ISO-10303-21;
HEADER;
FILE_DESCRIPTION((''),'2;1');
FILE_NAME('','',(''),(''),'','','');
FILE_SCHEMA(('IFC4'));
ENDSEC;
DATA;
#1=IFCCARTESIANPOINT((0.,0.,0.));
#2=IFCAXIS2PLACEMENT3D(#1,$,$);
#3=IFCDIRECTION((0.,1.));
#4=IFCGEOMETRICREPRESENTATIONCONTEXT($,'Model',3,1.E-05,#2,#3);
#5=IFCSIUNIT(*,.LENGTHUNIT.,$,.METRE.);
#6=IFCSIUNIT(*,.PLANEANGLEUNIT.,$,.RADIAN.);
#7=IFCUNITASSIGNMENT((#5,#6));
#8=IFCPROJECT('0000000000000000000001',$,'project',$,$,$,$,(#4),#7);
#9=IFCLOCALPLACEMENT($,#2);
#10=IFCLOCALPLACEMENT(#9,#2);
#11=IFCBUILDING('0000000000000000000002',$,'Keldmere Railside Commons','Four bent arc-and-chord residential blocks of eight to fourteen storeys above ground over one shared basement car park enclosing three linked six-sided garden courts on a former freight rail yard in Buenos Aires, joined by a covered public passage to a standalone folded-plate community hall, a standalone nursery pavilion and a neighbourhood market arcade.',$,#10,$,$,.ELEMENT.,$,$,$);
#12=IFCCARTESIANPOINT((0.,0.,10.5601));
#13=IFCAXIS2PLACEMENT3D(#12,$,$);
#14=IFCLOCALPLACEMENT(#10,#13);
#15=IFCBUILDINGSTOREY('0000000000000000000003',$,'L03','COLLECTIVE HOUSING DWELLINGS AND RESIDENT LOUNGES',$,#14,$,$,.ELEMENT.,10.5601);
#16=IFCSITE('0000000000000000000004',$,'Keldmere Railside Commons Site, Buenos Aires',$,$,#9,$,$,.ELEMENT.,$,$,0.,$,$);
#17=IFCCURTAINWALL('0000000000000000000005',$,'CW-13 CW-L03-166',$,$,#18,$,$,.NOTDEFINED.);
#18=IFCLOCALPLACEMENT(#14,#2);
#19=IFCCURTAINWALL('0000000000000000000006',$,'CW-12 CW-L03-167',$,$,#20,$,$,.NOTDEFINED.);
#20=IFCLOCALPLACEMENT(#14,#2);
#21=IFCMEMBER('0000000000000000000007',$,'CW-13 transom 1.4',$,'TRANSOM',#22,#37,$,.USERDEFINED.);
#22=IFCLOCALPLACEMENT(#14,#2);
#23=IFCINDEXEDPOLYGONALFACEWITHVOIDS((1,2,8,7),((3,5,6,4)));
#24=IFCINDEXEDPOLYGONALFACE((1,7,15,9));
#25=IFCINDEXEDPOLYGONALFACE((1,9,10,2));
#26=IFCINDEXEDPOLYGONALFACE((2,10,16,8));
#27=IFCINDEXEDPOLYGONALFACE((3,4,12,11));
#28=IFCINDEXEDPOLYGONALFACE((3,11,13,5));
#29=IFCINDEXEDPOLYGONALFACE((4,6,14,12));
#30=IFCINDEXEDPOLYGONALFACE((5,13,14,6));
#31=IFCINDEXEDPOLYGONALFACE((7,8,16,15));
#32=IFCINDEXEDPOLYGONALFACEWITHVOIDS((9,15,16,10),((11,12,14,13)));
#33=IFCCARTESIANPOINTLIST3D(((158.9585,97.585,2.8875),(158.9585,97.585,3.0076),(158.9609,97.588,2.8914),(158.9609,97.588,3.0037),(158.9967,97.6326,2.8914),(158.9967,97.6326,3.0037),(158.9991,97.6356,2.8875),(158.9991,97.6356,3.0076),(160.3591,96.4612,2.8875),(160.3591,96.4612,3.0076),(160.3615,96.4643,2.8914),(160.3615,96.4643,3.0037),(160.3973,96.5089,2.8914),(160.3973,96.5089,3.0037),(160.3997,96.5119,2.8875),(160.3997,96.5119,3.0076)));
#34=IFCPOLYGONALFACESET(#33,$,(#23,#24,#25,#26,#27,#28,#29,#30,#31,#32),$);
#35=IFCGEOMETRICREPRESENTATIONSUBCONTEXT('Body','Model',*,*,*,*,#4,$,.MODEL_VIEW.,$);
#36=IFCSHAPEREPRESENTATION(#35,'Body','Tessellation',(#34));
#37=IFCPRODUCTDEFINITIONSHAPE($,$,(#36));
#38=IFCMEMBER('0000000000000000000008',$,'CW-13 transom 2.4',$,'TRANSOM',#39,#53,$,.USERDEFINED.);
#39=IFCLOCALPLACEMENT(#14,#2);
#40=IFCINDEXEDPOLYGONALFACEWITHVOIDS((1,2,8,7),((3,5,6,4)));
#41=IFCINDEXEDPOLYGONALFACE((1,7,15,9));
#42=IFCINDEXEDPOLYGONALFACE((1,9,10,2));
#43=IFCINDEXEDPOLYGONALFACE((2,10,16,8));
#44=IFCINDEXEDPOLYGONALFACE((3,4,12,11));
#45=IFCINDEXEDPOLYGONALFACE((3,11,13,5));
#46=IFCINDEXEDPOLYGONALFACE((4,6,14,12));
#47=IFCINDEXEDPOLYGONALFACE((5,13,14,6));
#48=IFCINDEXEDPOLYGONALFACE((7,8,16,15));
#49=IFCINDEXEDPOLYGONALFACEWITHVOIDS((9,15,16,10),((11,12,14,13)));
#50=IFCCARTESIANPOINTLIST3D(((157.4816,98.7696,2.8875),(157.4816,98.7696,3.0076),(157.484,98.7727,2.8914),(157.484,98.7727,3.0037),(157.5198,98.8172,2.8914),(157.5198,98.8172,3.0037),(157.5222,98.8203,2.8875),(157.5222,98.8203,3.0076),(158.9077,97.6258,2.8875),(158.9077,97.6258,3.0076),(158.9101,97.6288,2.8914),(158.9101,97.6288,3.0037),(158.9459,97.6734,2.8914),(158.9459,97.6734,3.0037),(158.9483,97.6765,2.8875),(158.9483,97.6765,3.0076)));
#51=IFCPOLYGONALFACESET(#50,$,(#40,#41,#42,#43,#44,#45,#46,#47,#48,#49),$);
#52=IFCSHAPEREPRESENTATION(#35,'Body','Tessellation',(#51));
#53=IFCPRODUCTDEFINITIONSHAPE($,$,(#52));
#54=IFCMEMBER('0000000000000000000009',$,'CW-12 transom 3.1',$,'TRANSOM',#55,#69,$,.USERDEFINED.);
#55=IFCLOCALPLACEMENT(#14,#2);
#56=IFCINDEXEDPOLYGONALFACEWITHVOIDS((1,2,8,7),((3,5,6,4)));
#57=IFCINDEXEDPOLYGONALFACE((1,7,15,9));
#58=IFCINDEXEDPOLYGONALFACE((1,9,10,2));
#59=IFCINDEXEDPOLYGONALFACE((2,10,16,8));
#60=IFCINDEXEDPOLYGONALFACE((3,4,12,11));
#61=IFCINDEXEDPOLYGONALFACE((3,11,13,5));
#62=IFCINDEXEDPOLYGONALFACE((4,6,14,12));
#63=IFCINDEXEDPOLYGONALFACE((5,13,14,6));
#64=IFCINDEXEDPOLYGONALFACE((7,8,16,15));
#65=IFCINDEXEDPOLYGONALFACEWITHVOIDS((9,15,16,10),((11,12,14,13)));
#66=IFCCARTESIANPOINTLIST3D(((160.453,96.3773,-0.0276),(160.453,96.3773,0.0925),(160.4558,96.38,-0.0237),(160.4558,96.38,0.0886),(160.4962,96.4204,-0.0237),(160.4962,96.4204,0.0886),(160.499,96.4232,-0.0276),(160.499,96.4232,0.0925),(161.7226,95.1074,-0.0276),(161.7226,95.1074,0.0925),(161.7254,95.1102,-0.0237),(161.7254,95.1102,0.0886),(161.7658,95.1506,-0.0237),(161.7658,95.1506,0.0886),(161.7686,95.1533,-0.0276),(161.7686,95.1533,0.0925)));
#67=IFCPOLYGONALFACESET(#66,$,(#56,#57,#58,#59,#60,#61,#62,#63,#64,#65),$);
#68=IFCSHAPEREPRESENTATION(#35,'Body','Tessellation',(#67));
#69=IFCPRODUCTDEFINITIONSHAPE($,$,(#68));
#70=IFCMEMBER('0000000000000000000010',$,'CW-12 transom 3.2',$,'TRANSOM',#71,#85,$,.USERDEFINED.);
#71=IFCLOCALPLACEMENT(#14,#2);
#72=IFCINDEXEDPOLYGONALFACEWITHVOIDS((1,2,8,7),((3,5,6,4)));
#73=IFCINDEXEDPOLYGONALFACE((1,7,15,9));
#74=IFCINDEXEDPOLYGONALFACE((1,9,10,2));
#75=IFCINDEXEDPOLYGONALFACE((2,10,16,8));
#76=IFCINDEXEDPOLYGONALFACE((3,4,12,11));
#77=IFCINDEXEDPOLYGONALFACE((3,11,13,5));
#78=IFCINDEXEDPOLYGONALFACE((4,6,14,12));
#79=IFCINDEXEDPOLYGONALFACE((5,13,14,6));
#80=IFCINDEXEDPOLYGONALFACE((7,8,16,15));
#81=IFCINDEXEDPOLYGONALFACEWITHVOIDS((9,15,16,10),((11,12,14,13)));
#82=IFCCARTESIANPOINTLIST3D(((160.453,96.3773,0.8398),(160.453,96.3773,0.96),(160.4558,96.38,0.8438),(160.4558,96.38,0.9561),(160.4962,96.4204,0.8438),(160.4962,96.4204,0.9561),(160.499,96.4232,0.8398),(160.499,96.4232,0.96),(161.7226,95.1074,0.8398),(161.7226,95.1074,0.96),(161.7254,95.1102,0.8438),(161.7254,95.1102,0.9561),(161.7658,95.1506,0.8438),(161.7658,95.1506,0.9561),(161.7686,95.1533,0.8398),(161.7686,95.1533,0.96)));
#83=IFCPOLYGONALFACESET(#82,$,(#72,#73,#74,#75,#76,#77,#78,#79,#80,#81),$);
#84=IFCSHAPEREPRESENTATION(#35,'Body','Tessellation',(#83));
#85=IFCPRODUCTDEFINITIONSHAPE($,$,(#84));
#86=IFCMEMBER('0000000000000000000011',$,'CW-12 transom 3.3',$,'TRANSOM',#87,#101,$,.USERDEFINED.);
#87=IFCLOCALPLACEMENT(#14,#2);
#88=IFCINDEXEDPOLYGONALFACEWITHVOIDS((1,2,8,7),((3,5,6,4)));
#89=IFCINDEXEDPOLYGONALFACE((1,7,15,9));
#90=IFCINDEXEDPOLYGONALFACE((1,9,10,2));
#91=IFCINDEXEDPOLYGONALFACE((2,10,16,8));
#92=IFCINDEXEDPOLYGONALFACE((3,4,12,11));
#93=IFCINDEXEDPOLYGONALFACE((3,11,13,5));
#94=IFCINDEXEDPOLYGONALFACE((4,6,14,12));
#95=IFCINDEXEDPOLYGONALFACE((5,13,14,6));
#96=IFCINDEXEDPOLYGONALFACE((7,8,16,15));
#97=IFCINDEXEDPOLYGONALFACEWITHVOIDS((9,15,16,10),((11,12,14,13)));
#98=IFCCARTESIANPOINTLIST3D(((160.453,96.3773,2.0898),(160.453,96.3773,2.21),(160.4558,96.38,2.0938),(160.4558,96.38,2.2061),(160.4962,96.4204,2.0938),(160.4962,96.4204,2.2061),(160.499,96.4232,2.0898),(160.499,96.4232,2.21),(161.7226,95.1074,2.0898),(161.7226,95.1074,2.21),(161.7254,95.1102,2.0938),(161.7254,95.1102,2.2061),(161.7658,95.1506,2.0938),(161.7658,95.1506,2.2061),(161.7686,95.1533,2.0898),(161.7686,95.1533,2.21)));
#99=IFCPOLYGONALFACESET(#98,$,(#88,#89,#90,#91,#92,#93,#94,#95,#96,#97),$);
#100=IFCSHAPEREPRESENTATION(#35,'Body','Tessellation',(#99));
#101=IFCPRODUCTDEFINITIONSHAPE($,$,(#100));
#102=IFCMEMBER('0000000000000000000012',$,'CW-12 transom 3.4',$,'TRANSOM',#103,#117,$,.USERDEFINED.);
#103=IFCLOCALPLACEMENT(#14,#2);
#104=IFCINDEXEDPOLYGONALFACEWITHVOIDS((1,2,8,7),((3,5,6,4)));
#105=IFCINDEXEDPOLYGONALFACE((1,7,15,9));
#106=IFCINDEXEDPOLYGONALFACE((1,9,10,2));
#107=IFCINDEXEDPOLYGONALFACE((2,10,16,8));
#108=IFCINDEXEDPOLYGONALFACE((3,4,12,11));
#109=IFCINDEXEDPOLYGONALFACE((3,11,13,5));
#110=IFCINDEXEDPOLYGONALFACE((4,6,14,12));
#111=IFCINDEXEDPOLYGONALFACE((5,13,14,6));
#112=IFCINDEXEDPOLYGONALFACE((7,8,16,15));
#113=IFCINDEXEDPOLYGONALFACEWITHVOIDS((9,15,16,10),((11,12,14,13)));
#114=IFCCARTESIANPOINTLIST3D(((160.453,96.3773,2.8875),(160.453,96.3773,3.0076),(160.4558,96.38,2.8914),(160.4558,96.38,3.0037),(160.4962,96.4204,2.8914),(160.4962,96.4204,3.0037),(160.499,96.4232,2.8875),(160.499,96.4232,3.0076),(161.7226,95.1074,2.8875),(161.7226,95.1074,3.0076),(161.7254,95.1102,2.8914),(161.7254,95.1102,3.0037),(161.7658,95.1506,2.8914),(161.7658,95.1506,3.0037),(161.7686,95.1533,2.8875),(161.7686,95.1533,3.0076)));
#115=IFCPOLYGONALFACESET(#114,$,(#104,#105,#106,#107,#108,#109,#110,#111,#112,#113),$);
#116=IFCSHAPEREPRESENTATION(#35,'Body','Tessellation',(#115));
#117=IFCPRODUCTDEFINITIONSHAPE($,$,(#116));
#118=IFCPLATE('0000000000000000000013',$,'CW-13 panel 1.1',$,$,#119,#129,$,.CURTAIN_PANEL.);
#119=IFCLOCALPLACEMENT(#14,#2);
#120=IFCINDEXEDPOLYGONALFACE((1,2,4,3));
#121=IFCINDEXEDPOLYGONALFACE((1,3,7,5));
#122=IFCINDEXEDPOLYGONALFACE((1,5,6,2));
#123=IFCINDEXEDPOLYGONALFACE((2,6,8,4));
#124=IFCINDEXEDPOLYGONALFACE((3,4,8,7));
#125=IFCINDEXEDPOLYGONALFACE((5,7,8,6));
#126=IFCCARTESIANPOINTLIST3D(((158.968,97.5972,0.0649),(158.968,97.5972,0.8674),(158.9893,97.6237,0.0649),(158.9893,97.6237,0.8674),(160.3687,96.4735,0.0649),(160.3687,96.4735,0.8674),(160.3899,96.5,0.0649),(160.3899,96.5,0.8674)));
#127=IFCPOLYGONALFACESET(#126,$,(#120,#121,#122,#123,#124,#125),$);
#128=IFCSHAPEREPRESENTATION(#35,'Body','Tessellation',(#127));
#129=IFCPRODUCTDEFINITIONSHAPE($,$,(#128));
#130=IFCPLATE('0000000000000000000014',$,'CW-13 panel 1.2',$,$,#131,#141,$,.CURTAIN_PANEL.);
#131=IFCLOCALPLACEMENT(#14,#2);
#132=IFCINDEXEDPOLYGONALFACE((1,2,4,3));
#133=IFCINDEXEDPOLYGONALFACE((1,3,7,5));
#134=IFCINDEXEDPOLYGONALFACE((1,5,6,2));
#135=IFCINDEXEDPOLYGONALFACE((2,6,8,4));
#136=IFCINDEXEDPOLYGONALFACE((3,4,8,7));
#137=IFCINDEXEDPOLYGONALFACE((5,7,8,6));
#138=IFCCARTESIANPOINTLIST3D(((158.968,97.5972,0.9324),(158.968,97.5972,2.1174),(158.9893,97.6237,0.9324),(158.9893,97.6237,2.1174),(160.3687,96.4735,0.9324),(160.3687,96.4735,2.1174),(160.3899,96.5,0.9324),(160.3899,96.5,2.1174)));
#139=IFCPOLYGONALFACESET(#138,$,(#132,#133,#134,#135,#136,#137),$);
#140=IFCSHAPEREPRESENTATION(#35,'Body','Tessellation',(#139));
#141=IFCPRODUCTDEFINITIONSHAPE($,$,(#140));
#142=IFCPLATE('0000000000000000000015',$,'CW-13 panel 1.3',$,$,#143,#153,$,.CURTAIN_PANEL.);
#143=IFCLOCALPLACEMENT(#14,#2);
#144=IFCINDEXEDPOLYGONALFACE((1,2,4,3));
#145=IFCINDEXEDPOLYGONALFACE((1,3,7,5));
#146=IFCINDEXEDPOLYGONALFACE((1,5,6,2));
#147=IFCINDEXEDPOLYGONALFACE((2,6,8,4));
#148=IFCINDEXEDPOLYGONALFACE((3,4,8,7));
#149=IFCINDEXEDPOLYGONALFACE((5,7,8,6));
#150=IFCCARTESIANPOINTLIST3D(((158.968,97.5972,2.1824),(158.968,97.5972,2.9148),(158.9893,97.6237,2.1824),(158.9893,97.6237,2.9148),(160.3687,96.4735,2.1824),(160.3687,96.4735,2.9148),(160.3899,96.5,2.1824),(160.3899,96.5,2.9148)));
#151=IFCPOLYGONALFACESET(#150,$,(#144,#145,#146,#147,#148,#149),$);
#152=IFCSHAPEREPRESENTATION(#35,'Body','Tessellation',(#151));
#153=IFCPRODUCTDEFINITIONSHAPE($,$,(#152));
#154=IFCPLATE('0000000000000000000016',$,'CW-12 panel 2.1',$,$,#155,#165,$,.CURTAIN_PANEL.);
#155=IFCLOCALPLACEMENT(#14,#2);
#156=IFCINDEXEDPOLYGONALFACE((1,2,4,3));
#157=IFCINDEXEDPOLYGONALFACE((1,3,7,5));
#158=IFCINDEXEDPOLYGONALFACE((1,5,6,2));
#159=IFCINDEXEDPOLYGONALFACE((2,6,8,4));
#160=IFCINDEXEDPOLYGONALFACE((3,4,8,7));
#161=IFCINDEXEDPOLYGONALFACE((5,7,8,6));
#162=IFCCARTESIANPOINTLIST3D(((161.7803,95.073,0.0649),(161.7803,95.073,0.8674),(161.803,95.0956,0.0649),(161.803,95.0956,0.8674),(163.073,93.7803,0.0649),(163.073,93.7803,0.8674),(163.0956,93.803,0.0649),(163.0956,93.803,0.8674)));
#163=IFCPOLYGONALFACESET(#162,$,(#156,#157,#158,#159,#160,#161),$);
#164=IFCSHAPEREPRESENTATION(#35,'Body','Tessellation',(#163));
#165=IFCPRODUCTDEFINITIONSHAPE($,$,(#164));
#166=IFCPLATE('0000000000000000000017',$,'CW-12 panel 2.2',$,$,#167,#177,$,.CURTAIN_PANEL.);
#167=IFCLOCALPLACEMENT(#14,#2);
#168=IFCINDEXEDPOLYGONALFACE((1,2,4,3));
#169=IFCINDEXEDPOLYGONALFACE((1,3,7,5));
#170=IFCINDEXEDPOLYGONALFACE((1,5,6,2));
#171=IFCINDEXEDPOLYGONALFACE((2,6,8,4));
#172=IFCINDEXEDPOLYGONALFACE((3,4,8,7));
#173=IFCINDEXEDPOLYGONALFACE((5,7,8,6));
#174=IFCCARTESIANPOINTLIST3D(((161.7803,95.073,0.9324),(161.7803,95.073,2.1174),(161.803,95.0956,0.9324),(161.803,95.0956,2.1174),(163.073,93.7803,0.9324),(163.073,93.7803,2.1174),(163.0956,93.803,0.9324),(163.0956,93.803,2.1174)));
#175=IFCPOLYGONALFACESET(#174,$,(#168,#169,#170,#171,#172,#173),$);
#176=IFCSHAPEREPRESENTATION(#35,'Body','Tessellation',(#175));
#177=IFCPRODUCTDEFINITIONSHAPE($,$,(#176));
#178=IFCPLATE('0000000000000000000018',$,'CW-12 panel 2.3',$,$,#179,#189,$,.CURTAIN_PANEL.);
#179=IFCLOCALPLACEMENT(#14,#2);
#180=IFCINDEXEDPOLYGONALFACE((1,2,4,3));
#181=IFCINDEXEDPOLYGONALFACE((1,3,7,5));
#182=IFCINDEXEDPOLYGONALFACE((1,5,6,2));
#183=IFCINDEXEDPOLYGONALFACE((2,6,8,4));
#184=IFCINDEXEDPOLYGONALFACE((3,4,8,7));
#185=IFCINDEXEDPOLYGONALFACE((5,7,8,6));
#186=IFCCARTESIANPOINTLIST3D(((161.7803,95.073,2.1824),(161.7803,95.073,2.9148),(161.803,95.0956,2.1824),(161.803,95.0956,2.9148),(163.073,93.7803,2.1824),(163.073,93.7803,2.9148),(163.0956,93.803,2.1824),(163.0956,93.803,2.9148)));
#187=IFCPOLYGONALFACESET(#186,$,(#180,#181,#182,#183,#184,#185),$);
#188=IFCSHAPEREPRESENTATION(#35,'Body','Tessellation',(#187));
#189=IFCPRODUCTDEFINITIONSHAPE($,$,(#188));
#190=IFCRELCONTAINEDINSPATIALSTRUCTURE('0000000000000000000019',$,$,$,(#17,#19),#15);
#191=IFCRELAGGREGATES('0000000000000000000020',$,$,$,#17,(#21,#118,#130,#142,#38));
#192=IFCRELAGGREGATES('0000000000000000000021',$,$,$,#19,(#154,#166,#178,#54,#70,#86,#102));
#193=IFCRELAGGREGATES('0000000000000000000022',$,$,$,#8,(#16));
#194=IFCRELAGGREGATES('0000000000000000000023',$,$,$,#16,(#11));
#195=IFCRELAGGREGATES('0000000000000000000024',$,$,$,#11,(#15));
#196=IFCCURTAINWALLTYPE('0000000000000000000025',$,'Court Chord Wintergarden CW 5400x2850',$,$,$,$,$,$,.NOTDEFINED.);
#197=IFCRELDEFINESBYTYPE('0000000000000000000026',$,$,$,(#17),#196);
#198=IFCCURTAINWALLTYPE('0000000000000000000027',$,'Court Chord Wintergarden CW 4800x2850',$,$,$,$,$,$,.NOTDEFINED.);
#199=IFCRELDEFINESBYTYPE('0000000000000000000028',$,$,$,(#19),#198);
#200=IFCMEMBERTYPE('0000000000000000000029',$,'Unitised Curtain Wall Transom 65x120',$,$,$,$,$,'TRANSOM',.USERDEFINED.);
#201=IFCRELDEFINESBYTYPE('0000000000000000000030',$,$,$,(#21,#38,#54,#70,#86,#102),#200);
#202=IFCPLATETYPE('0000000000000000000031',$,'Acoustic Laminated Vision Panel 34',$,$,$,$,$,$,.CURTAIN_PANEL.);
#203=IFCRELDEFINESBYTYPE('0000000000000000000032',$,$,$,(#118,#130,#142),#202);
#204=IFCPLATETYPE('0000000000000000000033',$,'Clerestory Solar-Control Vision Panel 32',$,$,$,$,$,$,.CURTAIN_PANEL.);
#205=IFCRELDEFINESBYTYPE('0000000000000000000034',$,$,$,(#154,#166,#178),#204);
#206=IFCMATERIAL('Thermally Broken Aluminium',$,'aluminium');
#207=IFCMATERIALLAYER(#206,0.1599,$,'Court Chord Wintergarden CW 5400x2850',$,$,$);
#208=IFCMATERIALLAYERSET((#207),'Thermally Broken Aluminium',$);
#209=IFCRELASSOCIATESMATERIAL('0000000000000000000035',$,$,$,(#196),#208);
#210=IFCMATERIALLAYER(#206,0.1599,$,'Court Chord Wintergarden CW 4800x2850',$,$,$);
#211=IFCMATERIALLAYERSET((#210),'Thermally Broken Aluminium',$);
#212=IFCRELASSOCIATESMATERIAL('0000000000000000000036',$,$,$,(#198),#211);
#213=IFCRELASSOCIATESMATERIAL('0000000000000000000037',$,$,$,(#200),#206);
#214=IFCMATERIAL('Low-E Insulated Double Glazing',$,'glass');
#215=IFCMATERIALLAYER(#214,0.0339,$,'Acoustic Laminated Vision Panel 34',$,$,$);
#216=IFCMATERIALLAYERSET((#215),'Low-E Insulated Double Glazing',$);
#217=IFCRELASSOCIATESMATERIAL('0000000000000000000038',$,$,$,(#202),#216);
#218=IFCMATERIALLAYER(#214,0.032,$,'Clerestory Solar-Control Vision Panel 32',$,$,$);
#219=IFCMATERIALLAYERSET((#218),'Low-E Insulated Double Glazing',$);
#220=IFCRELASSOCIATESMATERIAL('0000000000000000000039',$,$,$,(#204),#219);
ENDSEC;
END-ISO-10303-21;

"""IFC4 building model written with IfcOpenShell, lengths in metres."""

from ifc_helpers import new_model, si_unit, direction, frame, origin, origin_2d, place, context, subcontext, project, spatial, rectangle, hollow_rectangle, extrude, material, layer, layer_set, material_profile, profile_set, type_object, element, aggregate, save


model = new_model("IFC4")

# Units and contexts
model_context = context("Model", 3, precision=1e-05, world=origin(), true_north=direction((0.0, 1.0)))
body_context = subcontext(model_context, "Body", "Model", "MODEL_VIEW")
ifc_project = project(units=[si_unit("LENGTHUNIT", "METRE"), si_unit("PLANEANGLEUNIT", "RADIAN")], contexts=[model_context])

# Site, building, storey
site_placement = place(None, origin())
site = spatial("IfcSite", under=ifc_project, at=site_placement, Name="Keldmere Railside Commons Site, Buenos Aires", CompositionType="ELEMENT", RefElevation=0.0)
building_placement = place(site_placement, origin())
building = spatial("IfcBuilding", under=site, at=building_placement, Name="Keldmere Railside Commons", Description="Four bent arc-and-chord residential blocks of eight to fourteen storeys above ground over one shared basement car park enclosing three linked six-sided garden courts on a former freight rail yard in Buenos Aires, joined by a covered public passage to a standalone folded-plate community hall, a standalone nursery pavilion and a neighbourhood market arcade.", CompositionType="ELEMENT")
storey_placement = place(building_placement, frame((0.0, 0.0, 10.5601)))
storey = spatial("IfcBuildingStorey", under=building, at=storey_placement, Name="L03", Description="COLLECTIVE HOUSING DWELLINGS AND RESIDENT LOUNGES", CompositionType="ELEMENT", Elevation=10.5601)

# Curtain walls
ifc_material_1 = material(Name="Thermally Broken Aluminium", Category="aluminium")
ifc_layer_1 = layer(ifc_material_1, 0.1599, Name="Court Chord Wintergarden CW 5400x2850")
ifc_layer_set_1 = layer_set([ifc_layer_1], Name="Thermally Broken Aluminium")
curtain_wall_type_1 = type_object("IfcCurtainWallType", Name="Court Chord Wintergarden CW 5400x2850", PredefinedType="NOTDEFINED", material=ifc_layer_set_1)
curtain_wall_1_placement = place(storey_placement, origin())
curtain_wall_1 = element("IfcCurtainWall", 1, at=curtain_wall_1_placement, inside=storey, type_object=curtain_wall_type_1, Name="CW-13 CW-L03-166", PredefinedType="NOTDEFINED")
ifc_layer_2 = layer(ifc_material_1, 0.1599, Name="Court Chord Wintergarden CW 4800x2850")
ifc_layer_set_2 = layer_set([ifc_layer_2], Name="Thermally Broken Aluminium")
curtain_wall_type_2 = type_object("IfcCurtainWallType", Name="Court Chord Wintergarden CW 4800x2850", PredefinedType="NOTDEFINED", material=ifc_layer_set_2)
curtain_wall_2_placement = place(storey_placement, origin())
curtain_wall_2 = element("IfcCurtainWall", 2, at=curtain_wall_2_placement, inside=storey, type_object=curtain_wall_type_2, Name="CW-12 CW-L03-167", PredefinedType="NOTDEFINED")

# Members
ifc_material_profile_1 = material_profile(ifc_material_1, hollow_rectangle(XDim=0.0649, YDim=0.1201, WallThickness=0.0039, at=origin_2d()), Name="ALU-TRAN-65x120")
ifc_profile_set_1 = profile_set([ifc_material_profile_1], Name="Thermally Broken Aluminium")
member_type_1 = type_object("IfcMemberType", Name="Unitised Curtain Wall Transom 65x120", ElementType="TRANSOM", PredefinedType="USERDEFINED", material=ifc_profile_set_1)
member_1_placement = place(storey_placement, frame((160.3794, 96.4866, 2.9475), z_axis=(-0.779979, 0.625805, 0.0), x_axis=(-0.625805, -0.779979, 0.0)))
member_1 = element("IfcMember", 3, at=member_1_placement, type_object=member_type_1, Name="CW-13 transom 1.4", ObjectType="TRANSOM", PredefinedType="USERDEFINED", context=body_context, shape_type="SweptSolid", body=[
    extrude(hollow_rectangle(XDim=0.0649, YDim=0.1201, WallThickness=0.0039, at=origin_2d()), origin(), (0.0, 0.0, 1.0), 1.7957),
])
member_2_placement = place(storey_placement, frame((158.928, 97.6511, 2.9475), z_axis=(-0.780073, 0.625688, 0.0), x_axis=(-0.625688, -0.780073, 0.0)))
member_2 = element("IfcMember", 4, at=member_2_placement, type_object=member_type_1, Name="CW-13 transom 2.4", ObjectType="TRANSOM", PredefinedType="USERDEFINED", context=body_context, shape_type="SweptSolid", body=[
    extrude(hollow_rectangle(XDim=0.0649, YDim=0.1201, WallThickness=0.0039, at=origin_2d()), origin(), (0.0, 0.0, 1.0), 1.8281),
])
member_3_placement = place(storey_placement, frame((161.7456, 95.1304, 0.0325), z_axis=(-0.707039, 0.707175, 0.0), x_axis=(-0.707175, -0.707039, 0.0)))
member_3 = element("IfcMember", 5, at=member_3_placement, type_object=member_type_1, Name="CW-12 transom 3.1", ObjectType="TRANSOM", PredefinedType="USERDEFINED", context=body_context, shape_type="SweptSolid", body=[
    extrude(hollow_rectangle(XDim=0.0649, YDim=0.1201, WallThickness=0.0039, at=origin_2d()), origin(), (0.0, 0.0, 1.0), 1.7957),
])
member_4_placement = place(storey_placement, frame((161.7456, 95.1304, 0.8999), z_axis=(-0.707039, 0.707175, 0.0), x_axis=(-0.707175, -0.707039, 0.0)))
member_4 = element("IfcMember", 6, at=member_4_placement, type_object=member_type_1, Name="CW-12 transom 3.2", ObjectType="TRANSOM", PredefinedType="USERDEFINED", context=body_context, shape_type="SweptSolid", body=[
    extrude(hollow_rectangle(XDim=0.0649, YDim=0.1201, WallThickness=0.0039, at=origin_2d()), origin(), (0.0, 0.0, 1.0), 1.7957),
])
member_5_placement = place(storey_placement, frame((161.7456, 95.1304, 2.1499), z_axis=(-0.707039, 0.707175, 0.0), x_axis=(-0.707175, -0.707039, 0.0)))
member_5 = element("IfcMember", 7, at=member_5_placement, type_object=member_type_1, Name="CW-12 transom 3.3", ObjectType="TRANSOM", PredefinedType="USERDEFINED", context=body_context, shape_type="SweptSolid", body=[
    extrude(hollow_rectangle(XDim=0.0649, YDim=0.1201, WallThickness=0.0039, at=origin_2d()), origin(), (0.0, 0.0, 1.0), 1.7957),
])
member_6_placement = place(storey_placement, frame((161.7456, 95.1304, 2.9475), z_axis=(-0.707039, 0.707175, 0.0), x_axis=(-0.707175, -0.707039, 0.0)))
member_6 = element("IfcMember", 8, at=member_6_placement, type_object=member_type_1, Name="CW-12 transom 3.4", ObjectType="TRANSOM", PredefinedType="USERDEFINED", context=body_context, shape_type="SweptSolid", body=[
    extrude(hollow_rectangle(XDim=0.0649, YDim=0.1201, WallThickness=0.0039, at=origin_2d()), origin(), (0.0, 0.0, 1.0), 1.7957),
])

# Plates
ifc_material_2 = material(Name="Low-E Insulated Double Glazing", Category="glass")
ifc_layer_3 = layer(ifc_material_2, 0.0339, Name="Acoustic Laminated Vision Panel 34")
ifc_layer_set_3 = layer_set([ifc_layer_3], Name="Low-E Insulated Double Glazing")
plate_type_1 = type_object("IfcPlateType", Name="Acoustic Laminated Vision Panel 34", PredefinedType="CURTAIN_PANEL", material=ifc_layer_set_3)
plate_1_placement = place(storey_placement, frame((159.679, 97.0486, 0.0649), z_axis=(0.0, 0.0, 1.0), x_axis=(-0.780009, 0.625768, 0.0)))
plate_1 = element("IfcPlate", 9, at=plate_1_placement, type_object=plate_type_1, Name="CW-13 panel 1.1", PredefinedType="CURTAIN_PANEL", context=body_context, shape_type="SweptSolid", body=[
    extrude(rectangle(XDim=1.7957, YDim=0.0339, at=origin_2d()), origin(), (0.0, 0.0, 1.0), 0.8025),
])
plate_2_placement = place(storey_placement, frame((159.679, 97.0486, 0.9324), z_axis=(0.0, 0.0, 1.0), x_axis=(-0.780009, 0.625768, 0.0)))
plate_2 = element("IfcPlate", 10, at=plate_2_placement, type_object=plate_type_1, Name="CW-13 panel 1.2", PredefinedType="CURTAIN_PANEL", context=body_context, shape_type="SweptSolid", body=[
    extrude(rectangle(XDim=1.7957, YDim=0.0339, at=origin_2d()), origin(), (0.0, 0.0, 1.0), 1.1851),
])
plate_3_placement = place(storey_placement, frame((159.679, 97.0486, 2.1824), z_axis=(0.0, 0.0, 1.0), x_axis=(-0.780009, 0.625768, 0.0)))
plate_3 = element("IfcPlate", 11, at=plate_3_placement, type_object=plate_type_1, Name="CW-13 panel 1.3", PredefinedType="CURTAIN_PANEL", context=body_context, shape_type="SweptSolid", body=[
    extrude(rectangle(XDim=1.7957, YDim=0.0339, at=origin_2d()), origin(), (0.0, 0.0, 1.0), 0.7324),
])
aggregate(curtain_wall_1, [member_1, plate_1, plate_2, plate_3, member_2])
ifc_layer_4 = layer(ifc_material_2, 0.032, Name="Clerestory Solar-Control Vision Panel 32")
ifc_layer_set_4 = layer_set([ifc_layer_4], Name="Low-E Insulated Double Glazing")
plate_type_2 = type_object("IfcPlateType", Name="Clerestory Solar-Control Vision Panel 32", PredefinedType="CURTAIN_PANEL", material=ifc_layer_set_4)
plate_4_placement = place(storey_placement, frame((162.438, 94.438, 0.0649), z_axis=(0.0, 0.0, 1.0), x_axis=(-0.707107, 0.707107, 0.0)))
plate_4 = element("IfcPlate", 12, at=plate_4_placement, type_object=plate_type_2, Name="CW-12 panel 2.1", PredefinedType="CURTAIN_PANEL", context=body_context, shape_type="SweptSolid", body=[
    extrude(rectangle(XDim=1.8281, YDim=0.032, at=origin_2d()), origin(), (0.0, 0.0, 1.0), 0.8025),
])
plate_5_placement = place(storey_placement, frame((162.438, 94.438, 0.9324), z_axis=(0.0, 0.0, 1.0), x_axis=(-0.707107, 0.707107, 0.0)))
plate_5 = element("IfcPlate", 13, at=plate_5_placement, type_object=plate_type_2, Name="CW-12 panel 2.2", PredefinedType="CURTAIN_PANEL", context=body_context, shape_type="SweptSolid", body=[
    extrude(rectangle(XDim=1.8281, YDim=0.032, at=origin_2d()), origin(), (0.0, 0.0, 1.0), 1.1851),
])
plate_6_placement = place(storey_placement, frame((162.438, 94.438, 2.1824), z_axis=(0.0, 0.0, 1.0), x_axis=(-0.707107, 0.707107, 0.0)))
plate_6 = element("IfcPlate", 14, at=plate_6_placement, type_object=plate_type_2, Name="CW-12 panel 2.3", PredefinedType="CURTAIN_PANEL", context=body_context, shape_type="SweptSolid", body=[
    extrude(rectangle(XDim=1.8281, YDim=0.032, at=origin_2d()), origin(), (0.0, 0.0, 1.0), 0.7324),
])
aggregate(curtain_wall_2, [plate_4, plate_5, plate_6, member_3, member_4, member_5, member_6])

save(model, "model.ifc")
